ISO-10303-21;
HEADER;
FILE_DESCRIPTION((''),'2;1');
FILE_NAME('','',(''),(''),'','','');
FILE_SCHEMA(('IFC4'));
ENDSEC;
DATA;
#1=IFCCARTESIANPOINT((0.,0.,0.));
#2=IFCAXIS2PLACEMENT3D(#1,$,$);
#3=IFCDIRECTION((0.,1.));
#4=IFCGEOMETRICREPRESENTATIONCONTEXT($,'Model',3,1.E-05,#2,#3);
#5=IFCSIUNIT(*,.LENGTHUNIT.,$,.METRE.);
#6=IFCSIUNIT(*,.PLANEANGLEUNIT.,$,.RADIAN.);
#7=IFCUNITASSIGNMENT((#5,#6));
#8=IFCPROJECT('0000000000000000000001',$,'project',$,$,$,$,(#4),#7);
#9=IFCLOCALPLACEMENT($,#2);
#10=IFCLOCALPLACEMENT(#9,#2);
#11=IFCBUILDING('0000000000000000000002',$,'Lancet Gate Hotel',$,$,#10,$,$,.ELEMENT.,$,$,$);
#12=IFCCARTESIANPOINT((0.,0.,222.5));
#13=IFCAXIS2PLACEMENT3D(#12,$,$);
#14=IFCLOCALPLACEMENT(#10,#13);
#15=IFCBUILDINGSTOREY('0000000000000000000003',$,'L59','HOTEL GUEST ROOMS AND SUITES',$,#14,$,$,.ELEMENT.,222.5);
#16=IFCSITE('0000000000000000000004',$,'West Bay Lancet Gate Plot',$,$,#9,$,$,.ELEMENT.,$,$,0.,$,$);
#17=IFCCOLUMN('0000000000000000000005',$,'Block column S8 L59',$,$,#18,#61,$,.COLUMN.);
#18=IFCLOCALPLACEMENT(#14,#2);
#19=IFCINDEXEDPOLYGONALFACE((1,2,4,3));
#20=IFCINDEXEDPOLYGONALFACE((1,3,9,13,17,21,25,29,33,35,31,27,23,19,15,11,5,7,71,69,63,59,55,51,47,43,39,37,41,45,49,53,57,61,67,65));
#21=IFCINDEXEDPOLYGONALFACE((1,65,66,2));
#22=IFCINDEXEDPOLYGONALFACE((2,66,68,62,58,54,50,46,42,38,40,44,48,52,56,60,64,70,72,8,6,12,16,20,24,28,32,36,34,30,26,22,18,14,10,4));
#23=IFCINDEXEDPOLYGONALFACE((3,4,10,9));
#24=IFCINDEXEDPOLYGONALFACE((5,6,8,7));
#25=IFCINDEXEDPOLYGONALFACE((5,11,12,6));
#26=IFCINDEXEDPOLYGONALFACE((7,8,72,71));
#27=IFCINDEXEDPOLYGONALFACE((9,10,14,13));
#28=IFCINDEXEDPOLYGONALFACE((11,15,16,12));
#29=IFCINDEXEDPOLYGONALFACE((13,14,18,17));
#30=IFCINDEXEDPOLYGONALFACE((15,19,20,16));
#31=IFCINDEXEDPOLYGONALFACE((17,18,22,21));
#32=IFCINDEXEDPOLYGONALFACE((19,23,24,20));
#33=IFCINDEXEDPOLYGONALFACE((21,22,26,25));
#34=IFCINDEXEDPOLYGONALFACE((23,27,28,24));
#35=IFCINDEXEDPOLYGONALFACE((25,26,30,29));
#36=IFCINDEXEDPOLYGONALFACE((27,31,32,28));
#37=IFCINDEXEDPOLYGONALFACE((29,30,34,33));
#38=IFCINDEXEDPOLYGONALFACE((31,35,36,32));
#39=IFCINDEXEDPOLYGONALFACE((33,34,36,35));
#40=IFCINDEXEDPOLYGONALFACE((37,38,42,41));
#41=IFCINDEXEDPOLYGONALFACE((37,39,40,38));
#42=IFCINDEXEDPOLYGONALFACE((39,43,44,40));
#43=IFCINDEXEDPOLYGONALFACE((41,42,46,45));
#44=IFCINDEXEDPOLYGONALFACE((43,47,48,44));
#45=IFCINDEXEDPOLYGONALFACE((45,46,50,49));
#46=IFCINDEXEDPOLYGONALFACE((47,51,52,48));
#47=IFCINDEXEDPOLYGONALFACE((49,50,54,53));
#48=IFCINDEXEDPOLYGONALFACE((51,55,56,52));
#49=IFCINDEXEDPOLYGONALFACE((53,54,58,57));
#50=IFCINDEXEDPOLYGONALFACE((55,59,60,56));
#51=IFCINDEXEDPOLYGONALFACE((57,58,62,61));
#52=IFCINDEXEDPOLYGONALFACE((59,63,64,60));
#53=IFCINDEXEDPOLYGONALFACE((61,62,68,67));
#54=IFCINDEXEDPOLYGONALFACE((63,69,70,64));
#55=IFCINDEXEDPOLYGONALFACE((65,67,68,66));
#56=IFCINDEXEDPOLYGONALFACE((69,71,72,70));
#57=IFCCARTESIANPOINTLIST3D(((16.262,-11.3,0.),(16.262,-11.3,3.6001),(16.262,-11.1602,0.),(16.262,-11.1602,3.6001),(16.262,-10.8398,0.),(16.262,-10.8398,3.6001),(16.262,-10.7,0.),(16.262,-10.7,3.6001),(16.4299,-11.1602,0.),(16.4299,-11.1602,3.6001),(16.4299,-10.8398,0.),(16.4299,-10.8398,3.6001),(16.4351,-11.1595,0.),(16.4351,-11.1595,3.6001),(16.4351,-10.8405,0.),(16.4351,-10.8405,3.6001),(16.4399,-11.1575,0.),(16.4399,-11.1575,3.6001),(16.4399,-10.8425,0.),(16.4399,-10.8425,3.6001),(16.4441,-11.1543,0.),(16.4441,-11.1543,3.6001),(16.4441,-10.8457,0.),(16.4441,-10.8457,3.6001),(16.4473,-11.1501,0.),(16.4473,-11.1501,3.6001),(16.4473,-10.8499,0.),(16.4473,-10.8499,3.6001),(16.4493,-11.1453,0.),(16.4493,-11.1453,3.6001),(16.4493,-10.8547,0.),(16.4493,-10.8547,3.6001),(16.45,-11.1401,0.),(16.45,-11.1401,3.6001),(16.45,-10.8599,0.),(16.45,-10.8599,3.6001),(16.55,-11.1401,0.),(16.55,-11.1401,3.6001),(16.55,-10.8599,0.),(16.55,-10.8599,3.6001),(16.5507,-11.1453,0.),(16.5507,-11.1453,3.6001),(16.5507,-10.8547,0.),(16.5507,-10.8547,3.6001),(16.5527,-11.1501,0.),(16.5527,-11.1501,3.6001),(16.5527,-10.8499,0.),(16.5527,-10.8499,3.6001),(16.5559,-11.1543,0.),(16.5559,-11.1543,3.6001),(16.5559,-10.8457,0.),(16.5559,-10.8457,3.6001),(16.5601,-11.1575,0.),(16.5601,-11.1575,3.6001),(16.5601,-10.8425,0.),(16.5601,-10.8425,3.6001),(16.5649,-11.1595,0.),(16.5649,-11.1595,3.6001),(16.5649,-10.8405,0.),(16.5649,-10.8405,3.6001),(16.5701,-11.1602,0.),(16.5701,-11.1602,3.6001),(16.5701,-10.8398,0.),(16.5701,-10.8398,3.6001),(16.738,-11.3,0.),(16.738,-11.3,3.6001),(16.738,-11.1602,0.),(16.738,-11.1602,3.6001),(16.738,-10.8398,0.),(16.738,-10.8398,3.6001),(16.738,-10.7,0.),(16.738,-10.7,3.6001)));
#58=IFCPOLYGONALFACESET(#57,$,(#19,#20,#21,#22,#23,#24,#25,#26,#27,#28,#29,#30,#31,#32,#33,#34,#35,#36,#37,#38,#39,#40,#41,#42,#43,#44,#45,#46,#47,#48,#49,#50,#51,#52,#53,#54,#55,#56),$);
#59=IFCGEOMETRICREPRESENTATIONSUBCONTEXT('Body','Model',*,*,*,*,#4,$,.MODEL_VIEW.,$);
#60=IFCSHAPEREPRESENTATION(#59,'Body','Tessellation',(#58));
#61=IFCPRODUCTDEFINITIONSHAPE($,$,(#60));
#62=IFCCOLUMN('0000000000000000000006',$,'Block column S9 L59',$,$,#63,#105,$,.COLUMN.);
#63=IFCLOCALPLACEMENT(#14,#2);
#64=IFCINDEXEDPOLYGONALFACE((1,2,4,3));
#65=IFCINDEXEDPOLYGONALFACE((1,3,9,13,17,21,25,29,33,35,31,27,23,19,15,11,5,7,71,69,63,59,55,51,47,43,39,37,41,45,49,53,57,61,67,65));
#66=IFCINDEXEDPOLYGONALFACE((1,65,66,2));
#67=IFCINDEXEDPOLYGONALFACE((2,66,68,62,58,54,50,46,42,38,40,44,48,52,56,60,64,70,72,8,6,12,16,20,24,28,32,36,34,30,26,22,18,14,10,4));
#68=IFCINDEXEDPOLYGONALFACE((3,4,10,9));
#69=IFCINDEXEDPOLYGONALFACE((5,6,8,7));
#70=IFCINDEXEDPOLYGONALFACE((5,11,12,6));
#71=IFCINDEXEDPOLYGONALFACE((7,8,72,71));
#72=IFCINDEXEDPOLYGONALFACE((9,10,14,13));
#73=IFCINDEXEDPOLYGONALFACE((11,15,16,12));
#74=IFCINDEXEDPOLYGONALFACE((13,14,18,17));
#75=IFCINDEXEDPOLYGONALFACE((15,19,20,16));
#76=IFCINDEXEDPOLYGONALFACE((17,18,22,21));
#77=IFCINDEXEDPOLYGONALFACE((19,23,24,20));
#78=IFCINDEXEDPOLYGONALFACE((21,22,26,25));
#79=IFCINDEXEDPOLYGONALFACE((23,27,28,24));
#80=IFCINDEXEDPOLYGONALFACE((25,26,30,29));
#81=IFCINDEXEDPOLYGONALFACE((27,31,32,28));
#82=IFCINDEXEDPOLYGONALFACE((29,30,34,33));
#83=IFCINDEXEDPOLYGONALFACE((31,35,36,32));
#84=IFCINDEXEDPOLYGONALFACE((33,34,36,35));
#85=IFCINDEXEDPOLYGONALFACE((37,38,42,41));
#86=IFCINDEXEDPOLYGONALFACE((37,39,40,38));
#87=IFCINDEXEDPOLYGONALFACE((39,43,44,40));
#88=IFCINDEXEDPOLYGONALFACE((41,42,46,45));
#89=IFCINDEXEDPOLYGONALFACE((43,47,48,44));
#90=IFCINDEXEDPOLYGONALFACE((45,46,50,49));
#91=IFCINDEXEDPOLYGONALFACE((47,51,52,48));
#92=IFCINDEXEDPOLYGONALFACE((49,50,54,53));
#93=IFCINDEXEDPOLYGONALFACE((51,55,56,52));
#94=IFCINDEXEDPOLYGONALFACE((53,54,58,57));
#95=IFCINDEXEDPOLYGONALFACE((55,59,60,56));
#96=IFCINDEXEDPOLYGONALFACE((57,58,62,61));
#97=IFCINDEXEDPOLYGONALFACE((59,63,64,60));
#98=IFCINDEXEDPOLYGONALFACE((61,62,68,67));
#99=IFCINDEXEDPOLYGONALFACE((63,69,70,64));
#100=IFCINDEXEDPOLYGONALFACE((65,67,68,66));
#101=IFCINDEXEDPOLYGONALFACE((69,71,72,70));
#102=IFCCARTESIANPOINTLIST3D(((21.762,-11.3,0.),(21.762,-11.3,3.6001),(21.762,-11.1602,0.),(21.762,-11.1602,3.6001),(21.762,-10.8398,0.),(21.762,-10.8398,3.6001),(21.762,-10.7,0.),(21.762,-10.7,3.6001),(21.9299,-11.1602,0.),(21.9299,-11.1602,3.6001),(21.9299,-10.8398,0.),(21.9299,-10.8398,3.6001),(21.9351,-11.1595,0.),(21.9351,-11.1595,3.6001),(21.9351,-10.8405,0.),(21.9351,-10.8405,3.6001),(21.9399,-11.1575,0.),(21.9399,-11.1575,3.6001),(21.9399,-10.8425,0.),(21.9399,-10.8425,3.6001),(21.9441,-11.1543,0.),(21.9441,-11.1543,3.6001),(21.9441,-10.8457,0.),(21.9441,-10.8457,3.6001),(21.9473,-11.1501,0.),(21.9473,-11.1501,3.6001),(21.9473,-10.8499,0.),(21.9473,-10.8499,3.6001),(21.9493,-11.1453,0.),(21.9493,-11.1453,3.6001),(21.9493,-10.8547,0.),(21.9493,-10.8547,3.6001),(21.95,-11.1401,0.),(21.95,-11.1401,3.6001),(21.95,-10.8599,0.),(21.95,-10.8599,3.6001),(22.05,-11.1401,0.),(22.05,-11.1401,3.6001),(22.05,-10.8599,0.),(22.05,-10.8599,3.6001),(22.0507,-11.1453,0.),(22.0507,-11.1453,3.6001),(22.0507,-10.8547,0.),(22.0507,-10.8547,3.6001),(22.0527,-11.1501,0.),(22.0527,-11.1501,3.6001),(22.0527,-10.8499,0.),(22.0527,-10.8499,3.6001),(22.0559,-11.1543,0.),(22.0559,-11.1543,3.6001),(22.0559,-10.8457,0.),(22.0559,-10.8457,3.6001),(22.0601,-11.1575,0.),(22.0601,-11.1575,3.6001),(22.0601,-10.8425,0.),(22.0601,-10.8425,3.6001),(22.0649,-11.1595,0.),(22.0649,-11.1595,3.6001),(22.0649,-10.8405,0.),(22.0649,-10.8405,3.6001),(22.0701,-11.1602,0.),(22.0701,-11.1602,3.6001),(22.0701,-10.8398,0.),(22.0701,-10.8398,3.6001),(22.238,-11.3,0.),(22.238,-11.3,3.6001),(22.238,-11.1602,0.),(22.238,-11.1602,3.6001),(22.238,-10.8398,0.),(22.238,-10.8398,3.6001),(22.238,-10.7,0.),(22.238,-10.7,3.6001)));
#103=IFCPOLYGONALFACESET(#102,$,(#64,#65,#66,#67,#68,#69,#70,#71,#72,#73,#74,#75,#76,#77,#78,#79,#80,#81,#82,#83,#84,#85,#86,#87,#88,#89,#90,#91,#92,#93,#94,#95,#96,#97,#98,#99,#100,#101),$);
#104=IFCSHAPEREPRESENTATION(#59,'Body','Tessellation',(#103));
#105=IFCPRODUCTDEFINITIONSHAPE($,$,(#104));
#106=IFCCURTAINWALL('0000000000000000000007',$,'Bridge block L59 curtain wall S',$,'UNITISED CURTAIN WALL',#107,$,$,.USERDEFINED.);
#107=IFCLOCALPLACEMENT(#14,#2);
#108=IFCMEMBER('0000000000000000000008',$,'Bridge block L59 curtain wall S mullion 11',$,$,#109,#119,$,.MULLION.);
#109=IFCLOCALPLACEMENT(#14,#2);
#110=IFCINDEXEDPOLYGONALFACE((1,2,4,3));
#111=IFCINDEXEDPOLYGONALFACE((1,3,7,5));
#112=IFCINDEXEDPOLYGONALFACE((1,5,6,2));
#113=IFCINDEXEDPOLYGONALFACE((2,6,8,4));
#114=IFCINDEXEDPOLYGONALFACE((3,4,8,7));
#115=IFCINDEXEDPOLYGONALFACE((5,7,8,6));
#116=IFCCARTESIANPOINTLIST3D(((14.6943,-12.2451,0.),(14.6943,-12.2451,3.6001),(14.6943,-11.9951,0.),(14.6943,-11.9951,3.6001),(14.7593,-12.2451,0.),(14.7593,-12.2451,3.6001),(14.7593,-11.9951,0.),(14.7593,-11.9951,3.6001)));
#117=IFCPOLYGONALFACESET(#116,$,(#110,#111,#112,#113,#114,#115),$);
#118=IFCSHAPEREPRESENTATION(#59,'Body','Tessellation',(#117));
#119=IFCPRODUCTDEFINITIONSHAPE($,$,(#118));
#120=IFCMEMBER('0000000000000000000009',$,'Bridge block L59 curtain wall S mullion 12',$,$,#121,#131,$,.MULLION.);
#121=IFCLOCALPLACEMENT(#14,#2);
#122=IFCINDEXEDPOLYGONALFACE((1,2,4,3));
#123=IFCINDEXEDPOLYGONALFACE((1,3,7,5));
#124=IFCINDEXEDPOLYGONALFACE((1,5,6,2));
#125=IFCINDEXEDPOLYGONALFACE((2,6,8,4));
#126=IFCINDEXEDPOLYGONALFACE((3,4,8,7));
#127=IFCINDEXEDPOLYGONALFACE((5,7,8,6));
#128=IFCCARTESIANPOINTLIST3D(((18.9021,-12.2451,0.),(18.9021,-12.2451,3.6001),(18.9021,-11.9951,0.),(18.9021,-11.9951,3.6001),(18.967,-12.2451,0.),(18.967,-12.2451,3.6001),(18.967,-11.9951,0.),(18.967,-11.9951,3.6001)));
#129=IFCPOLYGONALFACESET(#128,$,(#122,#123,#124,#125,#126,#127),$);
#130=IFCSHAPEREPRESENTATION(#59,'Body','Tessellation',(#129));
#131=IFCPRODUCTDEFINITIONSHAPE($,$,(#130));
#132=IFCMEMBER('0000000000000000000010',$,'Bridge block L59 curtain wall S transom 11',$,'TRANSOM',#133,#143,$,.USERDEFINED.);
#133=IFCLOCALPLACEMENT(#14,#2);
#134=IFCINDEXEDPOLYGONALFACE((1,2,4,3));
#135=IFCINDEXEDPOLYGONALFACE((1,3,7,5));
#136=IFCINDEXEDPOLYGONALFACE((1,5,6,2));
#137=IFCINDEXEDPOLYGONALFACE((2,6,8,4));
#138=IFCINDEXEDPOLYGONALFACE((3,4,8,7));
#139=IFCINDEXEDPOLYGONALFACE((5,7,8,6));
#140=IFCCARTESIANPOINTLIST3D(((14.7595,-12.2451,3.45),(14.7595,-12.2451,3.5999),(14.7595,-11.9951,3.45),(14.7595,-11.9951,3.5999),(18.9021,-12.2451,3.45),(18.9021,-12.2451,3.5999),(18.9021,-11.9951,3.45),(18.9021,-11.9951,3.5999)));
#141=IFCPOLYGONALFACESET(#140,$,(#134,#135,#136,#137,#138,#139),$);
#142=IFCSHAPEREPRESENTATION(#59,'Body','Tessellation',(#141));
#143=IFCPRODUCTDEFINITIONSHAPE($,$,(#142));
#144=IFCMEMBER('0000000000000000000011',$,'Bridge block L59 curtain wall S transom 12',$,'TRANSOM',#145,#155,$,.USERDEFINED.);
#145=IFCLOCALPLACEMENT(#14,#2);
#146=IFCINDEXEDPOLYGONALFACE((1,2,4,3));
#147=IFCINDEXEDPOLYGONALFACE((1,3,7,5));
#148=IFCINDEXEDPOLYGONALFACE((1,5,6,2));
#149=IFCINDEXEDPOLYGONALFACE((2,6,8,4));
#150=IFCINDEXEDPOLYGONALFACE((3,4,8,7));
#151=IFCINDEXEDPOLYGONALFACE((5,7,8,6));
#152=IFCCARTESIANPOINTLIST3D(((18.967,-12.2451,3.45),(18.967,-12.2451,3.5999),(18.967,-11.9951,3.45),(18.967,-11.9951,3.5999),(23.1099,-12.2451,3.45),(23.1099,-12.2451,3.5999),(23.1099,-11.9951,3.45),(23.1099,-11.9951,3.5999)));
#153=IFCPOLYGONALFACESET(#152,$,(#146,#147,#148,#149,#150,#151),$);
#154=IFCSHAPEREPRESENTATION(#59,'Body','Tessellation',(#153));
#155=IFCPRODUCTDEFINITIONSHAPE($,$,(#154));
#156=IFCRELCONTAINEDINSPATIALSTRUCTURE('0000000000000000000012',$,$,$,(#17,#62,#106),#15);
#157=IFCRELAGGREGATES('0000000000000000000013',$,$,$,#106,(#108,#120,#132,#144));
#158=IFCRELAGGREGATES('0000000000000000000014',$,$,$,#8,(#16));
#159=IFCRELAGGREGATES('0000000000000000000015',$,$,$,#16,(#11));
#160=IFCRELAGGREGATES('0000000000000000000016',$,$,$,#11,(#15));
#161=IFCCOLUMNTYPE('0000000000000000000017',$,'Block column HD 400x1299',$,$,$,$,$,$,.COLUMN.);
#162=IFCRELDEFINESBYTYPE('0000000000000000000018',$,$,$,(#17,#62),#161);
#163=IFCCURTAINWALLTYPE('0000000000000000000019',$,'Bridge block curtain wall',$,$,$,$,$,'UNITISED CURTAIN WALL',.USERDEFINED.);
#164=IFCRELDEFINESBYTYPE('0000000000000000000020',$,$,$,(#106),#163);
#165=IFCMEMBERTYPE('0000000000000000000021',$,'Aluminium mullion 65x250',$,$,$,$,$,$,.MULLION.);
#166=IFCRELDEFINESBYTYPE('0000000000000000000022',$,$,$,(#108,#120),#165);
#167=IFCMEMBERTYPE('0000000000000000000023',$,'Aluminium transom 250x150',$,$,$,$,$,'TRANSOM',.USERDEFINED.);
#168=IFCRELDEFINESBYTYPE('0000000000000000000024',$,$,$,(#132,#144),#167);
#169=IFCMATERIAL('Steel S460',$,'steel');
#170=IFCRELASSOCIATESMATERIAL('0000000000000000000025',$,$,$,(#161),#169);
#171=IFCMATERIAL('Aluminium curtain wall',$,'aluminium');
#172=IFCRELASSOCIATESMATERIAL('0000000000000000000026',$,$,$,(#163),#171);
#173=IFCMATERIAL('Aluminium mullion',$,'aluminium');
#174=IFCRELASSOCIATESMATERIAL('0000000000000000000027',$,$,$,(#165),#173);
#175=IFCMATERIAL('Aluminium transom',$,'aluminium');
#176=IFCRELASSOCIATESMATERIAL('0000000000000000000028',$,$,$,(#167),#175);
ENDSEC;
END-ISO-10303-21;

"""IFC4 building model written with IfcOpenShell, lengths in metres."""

from ifc_helpers import new_model, si_unit, direction, frame, origin, origin_2d, place, context, subcontext, project, spatial, rectangle, i_section, extrude, material, material_profile, profile_set, type_object, element, aggregate, save


model = new_model("IFC4")

# Units and contexts
model_context = context("Model", 3, precision=1e-05, world=origin(), true_north=direction((0.0, 1.0)))
body_context = subcontext(model_context, "Body", "Model", "MODEL_VIEW")
ifc_project = project(units=[si_unit("LENGTHUNIT", "METRE"), si_unit("PLANEANGLEUNIT", "RADIAN")], contexts=[model_context])

# Site, building, storey
site_placement = place(None, origin())
site = spatial("IfcSite", under=ifc_project, at=site_placement, Name="West Bay Lancet Gate Plot", CompositionType="ELEMENT", RefElevation=0.0)
building_placement = place(site_placement, origin())
building = spatial("IfcBuilding", under=site, at=building_placement, Name="Lancet Gate Hotel", CompositionType="ELEMENT")
storey_placement = place(building_placement, frame((0.0, 0.0, 222.5)))
storey = spatial("IfcBuildingStorey", under=building, at=storey_placement, Name="L59", Description="HOTEL GUEST ROOMS AND SUITES", CompositionType="ELEMENT", Elevation=222.5)

# Columns
ifc_material_1 = material(Name="Steel S460", Category="steel")
ifc_material_profile_1 = material_profile(ifc_material_1, i_section(OverallWidth=0.4761, OverallDepth=0.6001, WebThickness=0.1001, FlangeThickness=0.1399, FilletRadius=0.02, at=origin_2d()), Name="HD 400x1299")
ifc_profile_set_1 = profile_set([ifc_material_profile_1], Name="Steel S460")
column_type = type_object("IfcColumnType", Name="Block column HD 400x1299", PredefinedType="COLUMN", material=ifc_profile_set_1)
for number, where, z_axis, x_axis, name in (
    (1, (16.5, -11.0, 0.0), (0.0, 0.0, 1.0), (1.0, 0.0, 0.0), "Block column S8 L59"),
    (2, (22.0, -11.0, 0.0), (0.0, 0.0, 1.0), (1.0, 0.0, 0.0), "Block column S9 L59"),
):
    element("IfcColumn", number, at=place(storey_placement, frame(where, z_axis=z_axis, x_axis=x_axis)), inside=storey, type_object=column_type, Name=name, PredefinedType="COLUMN", context=body_context, shape_type="SweptSolid", body=[
        extrude(i_section(OverallWidth=0.4761, OverallDepth=0.6001, WebThickness=0.1001, FlangeThickness=0.1399, FilletRadius=0.02, at=origin_2d()), origin(), (0.0, 0.0, 1.0), 3.6001),
    ])

# Curtain wall, members
ifc_material_2 = material(Name="Aluminium curtain wall", Category="aluminium")
curtain_wall_type = type_object("IfcCurtainWallType", Name="Bridge block curtain wall", ElementType="UNITISED CURTAIN WALL", PredefinedType="USERDEFINED", material=ifc_material_2)
curtain_wall_placement = place(storey_placement, origin())
curtain_wall = element("IfcCurtainWall", 3, at=curtain_wall_placement, inside=storey, type_object=curtain_wall_type, Name="Bridge block L59 curtain wall S", ObjectType="UNITISED CURTAIN WALL", PredefinedType="USERDEFINED")
ifc_material_3 = material(Name="Aluminium mullion", Category="aluminium")
ifc_material_profile_2 = material_profile(ifc_material_3, rectangle(XDim=0.0649, YDim=0.25, at=origin_2d()), Name="MULLION 65x250")
ifc_profile_set_2 = profile_set([ifc_material_profile_2], Name="Aluminium mullion")
member_type_1 = type_object("IfcMemberType", Name="Aluminium mullion 65x250", PredefinedType="MULLION", material=ifc_profile_set_2)
member_1_placement = place(storey_placement, frame((14.7268, -12.1201, 0.0), z_axis=(0.0, 0.0, 1.0), x_axis=(1.0, 0.0, 0.0)))
member_1 = element("IfcMember", 4, at=member_1_placement, type_object=member_type_1, Name="Bridge block L59 curtain wall S mullion 11", PredefinedType="MULLION", context=body_context, shape_type="SweptSolid", body=[
    extrude(rectangle(XDim=0.0649, YDim=0.25, at=origin_2d()), origin(), (0.0, 0.0, 1.0), 3.6001),
])
member_2_placement = place(storey_placement, frame((18.9346, -12.1201, 0.0), z_axis=(0.0, 0.0, 1.0), x_axis=(1.0, 0.0, 0.0)))
member_2 = element("IfcMember", 5, at=member_2_placement, type_object=member_type_1, Name="Bridge block L59 curtain wall S mullion 12", PredefinedType="MULLION", context=body_context, shape_type="SweptSolid", body=[
    extrude(rectangle(XDim=0.0649, YDim=0.25, at=origin_2d()), origin(), (0.0, 0.0, 1.0), 3.6001),
])
ifc_material_4 = material(Name="Aluminium transom", Category="aluminium")
ifc_material_profile_3 = material_profile(ifc_material_4, rectangle(XDim=0.25, YDim=0.1499, at=origin_2d()), Name="TRANSOM 250x150")
ifc_profile_set_3 = profile_set([ifc_material_profile_3], Name="Aluminium transom")
member_type_2 = type_object("IfcMemberType", Name="Aluminium transom 250x150", ElementType="TRANSOM", PredefinedType="USERDEFINED", material=ifc_profile_set_3)
member_3_placement = place(storey_placement, frame((14.7595, -12.1201, 3.5249), z_axis=(1.0, 0.0, 0.0), x_axis=(0.0, 1.0, 0.0)))
member_3 = element("IfcMember", 6, at=member_3_placement, type_object=member_type_2, Name="Bridge block L59 curtain wall S transom 11", ObjectType="TRANSOM", PredefinedType="USERDEFINED", context=body_context, shape_type="SweptSolid", body=[
    extrude(rectangle(XDim=0.25, YDim=0.1499, at=origin_2d()), origin(), (0.0, 0.0, 1.0), 4.1426),
])
member_4_placement = place(storey_placement, frame((18.967, -12.1201, 3.5249), z_axis=(1.0, 0.0, 0.0), x_axis=(0.0, 1.0, 0.0)))
member_4 = element("IfcMember", 7, at=member_4_placement, type_object=member_type_2, Name="Bridge block L59 curtain wall S transom 12", ObjectType="TRANSOM", PredefinedType="USERDEFINED", context=body_context, shape_type="SweptSolid", body=[
    extrude(rectangle(XDim=0.25, YDim=0.1499, at=origin_2d()), origin(), (0.0, 0.0, 1.0), 4.1428),
])

aggregate(curtain_wall, [member_1, member_2, member_3, member_4])

save(model, "model.ifc")
